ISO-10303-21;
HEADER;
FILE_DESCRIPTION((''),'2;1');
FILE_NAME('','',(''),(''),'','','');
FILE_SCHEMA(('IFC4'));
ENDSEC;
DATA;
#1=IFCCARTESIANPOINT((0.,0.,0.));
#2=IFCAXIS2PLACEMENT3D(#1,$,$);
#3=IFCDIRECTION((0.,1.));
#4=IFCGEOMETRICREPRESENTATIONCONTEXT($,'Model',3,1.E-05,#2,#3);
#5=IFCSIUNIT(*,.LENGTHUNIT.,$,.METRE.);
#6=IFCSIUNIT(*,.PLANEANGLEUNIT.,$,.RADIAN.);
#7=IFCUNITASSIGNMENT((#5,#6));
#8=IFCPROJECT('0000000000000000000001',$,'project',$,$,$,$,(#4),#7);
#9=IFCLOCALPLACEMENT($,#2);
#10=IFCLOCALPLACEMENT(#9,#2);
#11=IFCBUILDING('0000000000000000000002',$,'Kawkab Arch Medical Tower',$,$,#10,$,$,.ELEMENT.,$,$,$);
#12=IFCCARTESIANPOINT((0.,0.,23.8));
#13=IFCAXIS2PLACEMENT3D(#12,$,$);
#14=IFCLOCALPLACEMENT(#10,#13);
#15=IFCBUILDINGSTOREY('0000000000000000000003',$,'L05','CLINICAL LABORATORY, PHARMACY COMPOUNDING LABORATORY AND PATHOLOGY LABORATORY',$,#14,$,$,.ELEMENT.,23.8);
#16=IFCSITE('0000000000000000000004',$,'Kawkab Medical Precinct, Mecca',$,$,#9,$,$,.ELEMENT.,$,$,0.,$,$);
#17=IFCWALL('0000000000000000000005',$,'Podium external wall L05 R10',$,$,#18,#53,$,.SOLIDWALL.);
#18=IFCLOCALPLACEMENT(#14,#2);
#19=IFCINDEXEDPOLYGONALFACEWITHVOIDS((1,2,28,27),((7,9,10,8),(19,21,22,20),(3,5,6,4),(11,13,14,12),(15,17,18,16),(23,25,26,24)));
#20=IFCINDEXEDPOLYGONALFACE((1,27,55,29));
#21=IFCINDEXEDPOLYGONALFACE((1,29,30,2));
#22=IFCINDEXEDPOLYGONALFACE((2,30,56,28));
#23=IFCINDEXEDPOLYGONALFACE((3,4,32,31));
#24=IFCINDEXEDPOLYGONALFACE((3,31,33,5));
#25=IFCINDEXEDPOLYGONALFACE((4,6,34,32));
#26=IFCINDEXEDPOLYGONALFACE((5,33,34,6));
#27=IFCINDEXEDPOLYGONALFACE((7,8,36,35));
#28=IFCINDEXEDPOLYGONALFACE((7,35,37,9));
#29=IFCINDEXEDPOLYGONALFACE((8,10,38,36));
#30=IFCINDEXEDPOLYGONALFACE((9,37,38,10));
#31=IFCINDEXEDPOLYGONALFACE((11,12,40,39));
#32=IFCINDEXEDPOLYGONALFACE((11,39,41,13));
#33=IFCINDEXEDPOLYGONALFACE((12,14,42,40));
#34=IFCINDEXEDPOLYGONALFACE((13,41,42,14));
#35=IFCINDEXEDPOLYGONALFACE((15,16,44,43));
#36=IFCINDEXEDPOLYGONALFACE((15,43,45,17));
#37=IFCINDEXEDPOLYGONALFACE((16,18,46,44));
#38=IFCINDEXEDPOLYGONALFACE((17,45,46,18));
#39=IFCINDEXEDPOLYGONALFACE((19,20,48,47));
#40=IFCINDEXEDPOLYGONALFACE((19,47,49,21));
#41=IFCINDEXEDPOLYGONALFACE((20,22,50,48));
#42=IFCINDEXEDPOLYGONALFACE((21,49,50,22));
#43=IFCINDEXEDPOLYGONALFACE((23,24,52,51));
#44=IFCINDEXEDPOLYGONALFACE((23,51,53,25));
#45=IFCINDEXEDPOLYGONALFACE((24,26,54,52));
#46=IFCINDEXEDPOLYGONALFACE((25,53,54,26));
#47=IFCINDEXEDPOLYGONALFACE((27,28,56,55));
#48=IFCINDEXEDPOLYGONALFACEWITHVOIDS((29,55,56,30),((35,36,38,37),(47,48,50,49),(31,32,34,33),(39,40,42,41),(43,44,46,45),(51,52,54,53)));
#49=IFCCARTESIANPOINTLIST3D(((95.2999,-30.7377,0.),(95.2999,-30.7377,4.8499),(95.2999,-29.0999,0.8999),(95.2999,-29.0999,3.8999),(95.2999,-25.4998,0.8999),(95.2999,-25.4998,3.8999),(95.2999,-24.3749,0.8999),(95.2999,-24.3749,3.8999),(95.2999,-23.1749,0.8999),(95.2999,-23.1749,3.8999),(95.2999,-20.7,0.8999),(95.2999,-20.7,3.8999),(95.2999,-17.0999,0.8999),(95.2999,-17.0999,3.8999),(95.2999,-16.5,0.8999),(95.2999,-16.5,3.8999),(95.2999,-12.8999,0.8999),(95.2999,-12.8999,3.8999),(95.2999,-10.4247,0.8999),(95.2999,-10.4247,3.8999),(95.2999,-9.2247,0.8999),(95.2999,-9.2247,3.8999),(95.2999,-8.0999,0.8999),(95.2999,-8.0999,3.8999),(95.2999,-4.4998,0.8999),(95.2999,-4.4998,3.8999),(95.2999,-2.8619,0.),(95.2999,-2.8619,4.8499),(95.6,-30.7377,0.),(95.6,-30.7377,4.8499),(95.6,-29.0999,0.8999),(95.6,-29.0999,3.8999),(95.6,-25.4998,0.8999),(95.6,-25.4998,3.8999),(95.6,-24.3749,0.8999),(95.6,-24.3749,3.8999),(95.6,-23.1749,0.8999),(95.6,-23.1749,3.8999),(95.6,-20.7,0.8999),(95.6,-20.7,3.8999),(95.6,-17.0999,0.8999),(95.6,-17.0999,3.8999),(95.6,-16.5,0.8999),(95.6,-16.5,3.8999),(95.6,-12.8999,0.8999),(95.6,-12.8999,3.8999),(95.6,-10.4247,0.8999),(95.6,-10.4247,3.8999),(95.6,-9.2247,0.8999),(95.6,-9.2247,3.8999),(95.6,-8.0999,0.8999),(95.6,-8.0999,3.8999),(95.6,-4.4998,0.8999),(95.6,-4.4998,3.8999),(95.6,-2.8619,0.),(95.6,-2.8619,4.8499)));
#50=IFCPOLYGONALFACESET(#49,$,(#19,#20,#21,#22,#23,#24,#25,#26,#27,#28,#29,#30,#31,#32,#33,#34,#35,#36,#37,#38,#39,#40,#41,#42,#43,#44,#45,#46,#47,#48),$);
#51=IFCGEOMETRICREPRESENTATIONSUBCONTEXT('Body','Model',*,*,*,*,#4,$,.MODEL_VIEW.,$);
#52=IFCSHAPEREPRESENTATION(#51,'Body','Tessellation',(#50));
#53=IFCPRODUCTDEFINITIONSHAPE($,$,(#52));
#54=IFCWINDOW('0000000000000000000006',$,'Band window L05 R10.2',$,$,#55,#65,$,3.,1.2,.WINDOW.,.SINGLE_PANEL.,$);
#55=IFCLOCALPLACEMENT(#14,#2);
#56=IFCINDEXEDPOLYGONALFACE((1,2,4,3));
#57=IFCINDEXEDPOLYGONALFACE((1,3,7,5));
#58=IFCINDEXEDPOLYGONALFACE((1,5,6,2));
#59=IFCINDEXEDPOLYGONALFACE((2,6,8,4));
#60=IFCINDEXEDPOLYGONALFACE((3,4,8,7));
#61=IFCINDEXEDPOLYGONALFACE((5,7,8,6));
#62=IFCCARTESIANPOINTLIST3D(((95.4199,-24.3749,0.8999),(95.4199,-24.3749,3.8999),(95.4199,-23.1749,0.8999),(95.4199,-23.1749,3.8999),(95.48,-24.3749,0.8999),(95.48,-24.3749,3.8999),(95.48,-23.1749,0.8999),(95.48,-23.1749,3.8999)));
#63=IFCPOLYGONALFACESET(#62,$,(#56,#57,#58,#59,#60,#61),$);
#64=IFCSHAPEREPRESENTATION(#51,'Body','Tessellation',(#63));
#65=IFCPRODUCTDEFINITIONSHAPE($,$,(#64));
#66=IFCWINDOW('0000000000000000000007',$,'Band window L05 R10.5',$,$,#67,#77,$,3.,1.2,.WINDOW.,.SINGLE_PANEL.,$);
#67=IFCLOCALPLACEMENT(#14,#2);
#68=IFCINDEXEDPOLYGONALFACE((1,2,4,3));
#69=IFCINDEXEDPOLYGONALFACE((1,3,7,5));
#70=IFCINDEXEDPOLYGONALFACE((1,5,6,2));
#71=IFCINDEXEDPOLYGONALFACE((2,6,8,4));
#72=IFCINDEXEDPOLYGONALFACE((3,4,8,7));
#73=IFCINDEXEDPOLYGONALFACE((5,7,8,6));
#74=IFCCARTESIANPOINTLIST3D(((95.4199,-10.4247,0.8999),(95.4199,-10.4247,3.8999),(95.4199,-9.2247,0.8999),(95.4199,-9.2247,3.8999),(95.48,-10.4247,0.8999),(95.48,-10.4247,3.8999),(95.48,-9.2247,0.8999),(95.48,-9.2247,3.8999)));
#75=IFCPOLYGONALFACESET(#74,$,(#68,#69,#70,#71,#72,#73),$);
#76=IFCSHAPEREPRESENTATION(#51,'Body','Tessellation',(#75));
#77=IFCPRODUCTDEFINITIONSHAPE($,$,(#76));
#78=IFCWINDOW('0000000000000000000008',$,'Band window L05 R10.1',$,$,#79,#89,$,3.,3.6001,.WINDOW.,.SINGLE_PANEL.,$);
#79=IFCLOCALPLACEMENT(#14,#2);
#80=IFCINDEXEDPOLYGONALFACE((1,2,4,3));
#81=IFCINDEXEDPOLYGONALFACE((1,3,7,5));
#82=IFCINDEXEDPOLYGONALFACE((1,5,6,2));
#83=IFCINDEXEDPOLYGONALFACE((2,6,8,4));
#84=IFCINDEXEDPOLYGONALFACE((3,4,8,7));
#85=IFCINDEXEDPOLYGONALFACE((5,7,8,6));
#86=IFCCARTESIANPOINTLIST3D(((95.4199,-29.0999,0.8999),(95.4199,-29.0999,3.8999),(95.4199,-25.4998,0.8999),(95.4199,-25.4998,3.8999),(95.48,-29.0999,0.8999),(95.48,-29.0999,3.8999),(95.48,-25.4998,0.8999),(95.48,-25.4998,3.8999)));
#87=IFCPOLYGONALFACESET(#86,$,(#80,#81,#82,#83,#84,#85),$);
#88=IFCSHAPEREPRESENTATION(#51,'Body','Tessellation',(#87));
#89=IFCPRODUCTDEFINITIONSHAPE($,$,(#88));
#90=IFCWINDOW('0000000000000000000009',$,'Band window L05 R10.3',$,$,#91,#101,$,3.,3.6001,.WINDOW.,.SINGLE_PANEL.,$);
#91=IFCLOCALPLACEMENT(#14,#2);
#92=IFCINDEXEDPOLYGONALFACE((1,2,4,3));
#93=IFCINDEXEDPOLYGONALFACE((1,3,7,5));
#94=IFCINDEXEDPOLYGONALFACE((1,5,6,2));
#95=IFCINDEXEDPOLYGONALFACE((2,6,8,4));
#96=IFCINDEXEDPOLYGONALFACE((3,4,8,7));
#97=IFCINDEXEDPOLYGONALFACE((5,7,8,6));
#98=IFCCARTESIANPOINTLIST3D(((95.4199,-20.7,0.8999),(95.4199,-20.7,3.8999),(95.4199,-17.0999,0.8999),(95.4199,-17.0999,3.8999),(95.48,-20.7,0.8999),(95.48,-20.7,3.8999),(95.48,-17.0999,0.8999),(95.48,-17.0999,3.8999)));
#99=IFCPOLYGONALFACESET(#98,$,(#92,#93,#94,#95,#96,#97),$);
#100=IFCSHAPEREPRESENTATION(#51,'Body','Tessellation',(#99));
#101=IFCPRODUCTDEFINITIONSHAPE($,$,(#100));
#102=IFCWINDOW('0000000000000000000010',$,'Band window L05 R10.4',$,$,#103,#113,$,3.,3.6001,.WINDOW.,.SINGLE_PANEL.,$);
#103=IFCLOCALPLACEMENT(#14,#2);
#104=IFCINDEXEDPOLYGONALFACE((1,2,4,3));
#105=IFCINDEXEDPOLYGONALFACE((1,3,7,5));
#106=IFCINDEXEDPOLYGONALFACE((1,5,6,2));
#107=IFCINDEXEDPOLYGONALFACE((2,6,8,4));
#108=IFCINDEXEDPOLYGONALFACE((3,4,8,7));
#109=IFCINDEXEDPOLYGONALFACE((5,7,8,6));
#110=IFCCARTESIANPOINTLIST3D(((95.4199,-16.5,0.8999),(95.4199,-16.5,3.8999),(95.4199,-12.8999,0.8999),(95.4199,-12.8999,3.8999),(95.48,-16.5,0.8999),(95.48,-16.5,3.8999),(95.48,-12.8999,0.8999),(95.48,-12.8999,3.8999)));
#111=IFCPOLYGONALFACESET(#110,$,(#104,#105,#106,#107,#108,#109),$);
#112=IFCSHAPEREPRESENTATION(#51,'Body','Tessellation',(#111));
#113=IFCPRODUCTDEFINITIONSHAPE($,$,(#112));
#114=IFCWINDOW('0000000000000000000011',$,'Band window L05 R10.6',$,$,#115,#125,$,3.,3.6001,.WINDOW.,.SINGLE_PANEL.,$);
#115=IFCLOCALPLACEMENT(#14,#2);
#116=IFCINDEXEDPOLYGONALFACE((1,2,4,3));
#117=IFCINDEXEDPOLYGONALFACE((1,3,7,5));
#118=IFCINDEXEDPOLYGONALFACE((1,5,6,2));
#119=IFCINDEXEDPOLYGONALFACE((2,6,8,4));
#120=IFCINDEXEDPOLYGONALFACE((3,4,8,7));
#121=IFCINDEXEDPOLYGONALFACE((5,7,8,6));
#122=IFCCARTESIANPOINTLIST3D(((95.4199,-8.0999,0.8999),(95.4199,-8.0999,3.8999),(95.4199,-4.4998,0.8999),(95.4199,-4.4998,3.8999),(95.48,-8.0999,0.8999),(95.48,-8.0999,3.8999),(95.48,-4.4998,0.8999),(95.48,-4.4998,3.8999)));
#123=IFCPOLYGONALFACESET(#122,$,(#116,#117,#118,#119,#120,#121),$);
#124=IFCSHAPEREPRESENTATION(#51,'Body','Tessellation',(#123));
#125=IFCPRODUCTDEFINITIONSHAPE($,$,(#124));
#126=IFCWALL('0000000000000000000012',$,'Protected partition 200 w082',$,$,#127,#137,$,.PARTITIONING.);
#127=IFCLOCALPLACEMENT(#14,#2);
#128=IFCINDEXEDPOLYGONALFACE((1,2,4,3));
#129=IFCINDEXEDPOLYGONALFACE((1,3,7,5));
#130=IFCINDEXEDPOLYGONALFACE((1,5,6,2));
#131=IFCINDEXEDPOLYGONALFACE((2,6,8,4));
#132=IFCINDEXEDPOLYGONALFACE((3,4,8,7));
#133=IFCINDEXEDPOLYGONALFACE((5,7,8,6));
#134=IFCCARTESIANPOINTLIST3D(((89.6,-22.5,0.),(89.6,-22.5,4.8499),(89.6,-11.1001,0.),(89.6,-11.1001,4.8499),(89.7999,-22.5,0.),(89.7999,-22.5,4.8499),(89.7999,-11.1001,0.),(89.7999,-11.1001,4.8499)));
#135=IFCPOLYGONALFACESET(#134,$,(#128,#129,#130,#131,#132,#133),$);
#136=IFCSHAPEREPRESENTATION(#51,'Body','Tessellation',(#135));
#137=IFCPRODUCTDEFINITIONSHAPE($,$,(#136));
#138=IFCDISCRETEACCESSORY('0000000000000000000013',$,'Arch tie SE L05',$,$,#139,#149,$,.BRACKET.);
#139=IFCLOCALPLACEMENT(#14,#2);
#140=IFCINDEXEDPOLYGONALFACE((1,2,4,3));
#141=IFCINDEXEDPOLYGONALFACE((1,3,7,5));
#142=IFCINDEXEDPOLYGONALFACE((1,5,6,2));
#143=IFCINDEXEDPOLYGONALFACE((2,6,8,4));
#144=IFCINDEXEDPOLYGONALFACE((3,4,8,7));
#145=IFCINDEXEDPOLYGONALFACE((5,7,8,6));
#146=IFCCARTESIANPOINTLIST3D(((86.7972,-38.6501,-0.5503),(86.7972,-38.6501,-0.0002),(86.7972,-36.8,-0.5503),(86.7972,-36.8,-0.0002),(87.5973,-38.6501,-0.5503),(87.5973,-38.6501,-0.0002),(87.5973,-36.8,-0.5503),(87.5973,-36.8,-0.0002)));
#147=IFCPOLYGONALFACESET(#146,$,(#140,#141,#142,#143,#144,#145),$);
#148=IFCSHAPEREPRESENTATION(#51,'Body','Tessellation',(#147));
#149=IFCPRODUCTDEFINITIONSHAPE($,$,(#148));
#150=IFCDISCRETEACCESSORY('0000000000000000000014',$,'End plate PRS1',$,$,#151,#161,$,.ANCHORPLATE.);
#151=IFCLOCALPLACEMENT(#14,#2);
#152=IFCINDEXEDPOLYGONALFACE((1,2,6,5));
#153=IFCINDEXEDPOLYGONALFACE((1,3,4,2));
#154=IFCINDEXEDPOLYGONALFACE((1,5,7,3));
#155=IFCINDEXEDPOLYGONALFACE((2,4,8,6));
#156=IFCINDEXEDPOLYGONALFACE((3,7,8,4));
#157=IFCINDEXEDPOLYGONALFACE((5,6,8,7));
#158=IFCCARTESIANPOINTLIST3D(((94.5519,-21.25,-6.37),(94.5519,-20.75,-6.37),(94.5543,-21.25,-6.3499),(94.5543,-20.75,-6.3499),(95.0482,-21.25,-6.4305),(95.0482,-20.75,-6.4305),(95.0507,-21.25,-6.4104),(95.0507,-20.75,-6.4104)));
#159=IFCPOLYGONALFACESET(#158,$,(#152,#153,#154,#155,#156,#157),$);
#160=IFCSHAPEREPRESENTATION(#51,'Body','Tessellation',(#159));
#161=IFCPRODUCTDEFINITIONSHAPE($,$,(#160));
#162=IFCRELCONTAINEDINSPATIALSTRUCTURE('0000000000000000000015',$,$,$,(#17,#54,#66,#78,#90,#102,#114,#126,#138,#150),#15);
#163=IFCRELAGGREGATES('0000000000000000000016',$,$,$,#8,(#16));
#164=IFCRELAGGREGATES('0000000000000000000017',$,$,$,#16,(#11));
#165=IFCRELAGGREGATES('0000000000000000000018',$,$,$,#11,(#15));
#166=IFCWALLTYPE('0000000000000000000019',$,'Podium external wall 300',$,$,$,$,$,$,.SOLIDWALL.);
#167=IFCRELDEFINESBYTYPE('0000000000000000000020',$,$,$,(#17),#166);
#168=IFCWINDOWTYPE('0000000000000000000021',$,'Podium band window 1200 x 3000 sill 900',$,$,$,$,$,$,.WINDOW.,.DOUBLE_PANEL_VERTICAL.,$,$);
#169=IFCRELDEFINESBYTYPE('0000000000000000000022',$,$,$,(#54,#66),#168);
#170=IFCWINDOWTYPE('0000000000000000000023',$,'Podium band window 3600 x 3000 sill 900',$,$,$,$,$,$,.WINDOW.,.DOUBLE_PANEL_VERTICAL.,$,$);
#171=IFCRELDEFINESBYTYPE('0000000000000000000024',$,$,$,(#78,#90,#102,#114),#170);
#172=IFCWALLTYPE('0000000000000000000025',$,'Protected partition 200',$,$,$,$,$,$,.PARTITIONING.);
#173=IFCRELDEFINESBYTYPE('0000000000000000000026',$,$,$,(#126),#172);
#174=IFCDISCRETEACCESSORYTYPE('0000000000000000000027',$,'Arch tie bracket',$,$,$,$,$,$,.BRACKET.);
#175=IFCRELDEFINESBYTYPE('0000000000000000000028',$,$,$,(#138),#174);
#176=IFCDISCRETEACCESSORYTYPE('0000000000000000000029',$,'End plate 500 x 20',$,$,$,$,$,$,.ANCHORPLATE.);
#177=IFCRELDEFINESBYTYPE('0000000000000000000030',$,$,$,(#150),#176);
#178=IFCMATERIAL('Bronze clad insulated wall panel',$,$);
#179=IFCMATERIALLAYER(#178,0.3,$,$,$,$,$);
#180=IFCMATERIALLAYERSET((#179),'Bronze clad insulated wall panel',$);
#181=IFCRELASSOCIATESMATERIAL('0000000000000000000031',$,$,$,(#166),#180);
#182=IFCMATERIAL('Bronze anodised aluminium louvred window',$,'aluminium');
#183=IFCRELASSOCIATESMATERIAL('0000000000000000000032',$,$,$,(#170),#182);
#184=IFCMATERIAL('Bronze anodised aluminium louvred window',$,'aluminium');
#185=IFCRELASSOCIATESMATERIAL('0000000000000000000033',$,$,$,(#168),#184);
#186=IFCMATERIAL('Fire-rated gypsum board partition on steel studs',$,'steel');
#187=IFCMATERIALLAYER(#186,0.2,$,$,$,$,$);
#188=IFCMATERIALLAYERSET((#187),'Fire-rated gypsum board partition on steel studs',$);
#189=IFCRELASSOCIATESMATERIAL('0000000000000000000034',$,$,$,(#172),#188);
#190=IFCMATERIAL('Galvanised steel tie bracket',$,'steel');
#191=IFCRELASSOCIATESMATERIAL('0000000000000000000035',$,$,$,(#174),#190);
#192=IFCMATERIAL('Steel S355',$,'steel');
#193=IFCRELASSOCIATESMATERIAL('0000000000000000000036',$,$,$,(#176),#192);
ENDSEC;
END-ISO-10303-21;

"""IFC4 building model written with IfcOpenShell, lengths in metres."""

from ifc_helpers import new_model, si_unit, direction, frame, frame_2d, origin, origin_2d, place, context, subcontext, project, spatial, rectangle, extrude, material, layer, layer_set, material_profile, profile_set, type_object, element, fill, save


model = new_model("IFC4")

# Units and contexts
model_context = context("Model", 3, precision=1e-05, world=origin(), true_north=direction((0.0, 1.0)))
body_context = subcontext(model_context, "Body", "Model", "MODEL_VIEW")
ifc_project = project(units=[si_unit("LENGTHUNIT", "METRE"), si_unit("PLANEANGLEUNIT", "RADIAN")], contexts=[model_context])

# Site, building, storey
site_placement = place(None, origin())
site = spatial("IfcSite", under=ifc_project, at=site_placement, Name="Kawkab Medical Precinct, Mecca", CompositionType="ELEMENT", RefElevation=0.0)
building_placement = place(site_placement, origin())
building = spatial("IfcBuilding", under=site, at=building_placement, Name="Kawkab Arch Medical Tower", CompositionType="ELEMENT")
storey_placement = place(building_placement, frame((0.0, 0.0, 23.8)))
storey = spatial("IfcBuildingStorey", under=building, at=storey_placement, Name="L05", Description="CLINICAL LABORATORY, PHARMACY COMPOUNDING LABORATORY AND PATHOLOGY LABORATORY", CompositionType="ELEMENT", Elevation=23.8)

# Wall, openings, windows
ifc_material_1 = material(Name="Bronze clad insulated wall panel")
ifc_layer_1 = layer(ifc_material_1, 0.3)
ifc_layer_set_1 = layer_set([ifc_layer_1], Name="Bronze clad insulated wall panel")
wall_type_1 = type_object("IfcWallType", Name="Podium external wall 300", PredefinedType="SOLIDWALL", material=ifc_layer_set_1)
ifc_material_2 = material(Name="Bronze anodised aluminium louvred window", Category="aluminium")
window_type_1 = type_object("IfcWindowType", Name="Podium band window 3600 x 3000 sill 900", PartitioningType="DOUBLE_PANEL_VERTICAL", PredefinedType="WINDOW", material=ifc_material_2)
wall_1_placement = place(storey_placement, frame((95.45, -30.7378, 0.0), z_axis=(0.0, 0.0, 1.0), x_axis=(0.0, 1.0, 0.0)))
wall_1 = element("IfcWall", 1, at=wall_1_placement, inside=storey, type_object=wall_type_1, Name="Podium external wall L05 R10", PredefinedType="SOLIDWALL", context=body_context, shape_type="SweptSolid", body=[
    extrude(rectangle(XDim=27.8757, YDim=0.3, at=frame_2d((13.938, 0.0))), origin(), (0.0, 0.0, 1.0), 4.8499),
])
opening_1_placement = place(wall_1_placement, frame((1.6379, 0.0, 0.8999)))
opening_1 = element("IfcOpeningElement", 2, at=opening_1_placement, cuts=wall_1, PredefinedType="OPENING", context=body_context, shape_type="SweptSolid", body=[
    extrude(rectangle(XDim=3.6001, YDim=3.0, at=frame_2d((1.8, 1.5))), frame((0.0, 0.1599, 0.0), z_axis=(0.0, -1.0, 0.0), x_axis=(1.0, 0.0, 0.0)), (0.0, 0.0, 1.0), 0.3201),
])
opening_2_placement = place(wall_1_placement, frame((6.3628, 0.0, 0.8999)))
opening_2 = element("IfcOpeningElement", 3, at=opening_2_placement, cuts=wall_1, PredefinedType="OPENING", context=body_context, shape_type="SweptSolid", body=[
    extrude(rectangle(XDim=1.2, YDim=3.0, at=frame_2d((0.6001, 1.5))), frame((0.0, 0.1599, 0.0), z_axis=(0.0, -1.0, 0.0), x_axis=(1.0, 0.0, 0.0)), (0.0, 0.0, 1.0), 0.3201),
])
opening_3_placement = place(wall_1_placement, frame((10.0378, 0.0, 0.8999)))
opening_3 = element("IfcOpeningElement", 4, at=opening_3_placement, cuts=wall_1, PredefinedType="OPENING", context=body_context, shape_type="SweptSolid", body=[
    extrude(rectangle(XDim=3.6001, YDim=3.0, at=frame_2d((1.8, 1.5))), frame((0.0, 0.1599, 0.0), z_axis=(0.0, -1.0, 0.0), x_axis=(1.0, 0.0, 0.0)), (0.0, 0.0, 1.0), 0.3201),
])
opening_4_placement = place(wall_1_placement, frame((14.2378, 0.0, 0.8999)))
opening_4 = element("IfcOpeningElement", 5, at=opening_4_placement, cuts=wall_1, PredefinedType="OPENING", context=body_context, shape_type="SweptSolid", body=[
    extrude(rectangle(XDim=3.6001, YDim=3.0, at=frame_2d((1.8, 1.5))), frame((0.0, 0.1599, 0.0), z_axis=(0.0, -1.0, 0.0), x_axis=(1.0, 0.0, 0.0)), (0.0, 0.0, 1.0), 0.3201),
])
opening_5_placement = place(wall_1_placement, frame((20.313, 0.0, 0.8999)))
opening_5 = element("IfcOpeningElement", 6, at=opening_5_placement, cuts=wall_1, PredefinedType="OPENING", context=body_context, shape_type="SweptSolid", body=[
    extrude(rectangle(XDim=1.2, YDim=3.0, at=frame_2d((0.6001, 1.5))), frame((0.0, 0.1599, 0.0), z_axis=(0.0, -1.0, 0.0), x_axis=(1.0, 0.0, 0.0)), (0.0, 0.0, 1.0), 0.3201),
])
opening_6_placement = place(wall_1_placement, frame((22.6379, 0.0, 0.8999)))
opening_6 = element("IfcOpeningElement", 7, at=opening_6_placement, cuts=wall_1, PredefinedType="OPENING", context=body_context, shape_type="SweptSolid", body=[
    extrude(rectangle(XDim=3.6001, YDim=3.0, at=frame_2d((1.8, 1.5))), frame((0.0, 0.1599, 0.0), z_axis=(0.0, -1.0, 0.0), x_axis=(1.0, 0.0, 0.0)), (0.0, 0.0, 1.0), 0.3201),
])
ifc_material_3 = material(Name="Bronze anodised aluminium louvred window", Category="aluminium")
window_type_2 = type_object("IfcWindowType", Name="Podium band window 1200 x 3000 sill 900", PartitioningType="DOUBLE_PANEL_VERTICAL", PredefinedType="WINDOW", material=ifc_material_3)
window_1_placement = place(opening_2_placement, origin())
window_1 = element("IfcWindow", 8, at=window_1_placement, inside=storey, type_object=window_type_2, Name="Band window L05 R10.2", OverallHeight=3.0, OverallWidth=1.2, PartitioningType="SINGLE_PANEL", PredefinedType="WINDOW", context=body_context, shape_type="SweptSolid", body=[
    extrude(rectangle(XDim=1.2, YDim=3.0, at=frame_2d((0.6001, 1.5))), frame((0.0, 0.03, 0.0), z_axis=(0.0, -1.0, 0.0), x_axis=(1.0, 0.0, 0.0)), (0.0, 0.0, 1.0), 0.0601),
])
fill(opening_2, window_1)
window_2_placement = place(opening_5_placement, origin())
window_2 = element("IfcWindow", 9, at=window_2_placement, inside=storey, type_object=window_type_2, Name="Band window L05 R10.5", OverallHeight=3.0, OverallWidth=1.2, PartitioningType="SINGLE_PANEL", PredefinedType="WINDOW", context=body_context, shape_type="SweptSolid", body=[
    extrude(rectangle(XDim=1.2, YDim=3.0, at=frame_2d((0.6001, 1.5))), frame((0.0, 0.03, 0.0), z_axis=(0.0, -1.0, 0.0), x_axis=(1.0, 0.0, 0.0)), (0.0, 0.0, 1.0), 0.0601),
])
fill(opening_5, window_2)
window_3_placement = place(opening_1_placement, origin())
window_3 = element("IfcWindow", 10, at=window_3_placement, inside=storey, type_object=window_type_1, Name="Band window L05 R10.1", OverallHeight=3.0, OverallWidth=3.6001, PartitioningType="SINGLE_PANEL", PredefinedType="WINDOW", context=body_context, shape_type="SweptSolid", body=[
    extrude(rectangle(XDim=3.6001, YDim=3.0, at=frame_2d((1.8, 1.5))), frame((0.0, 0.03, 0.0), z_axis=(0.0, -1.0, 0.0), x_axis=(1.0, 0.0, 0.0)), (0.0, 0.0, 1.0), 0.0601),
])
fill(opening_1, window_3)
window_4_placement = place(opening_3_placement, origin())
window_4 = element("IfcWindow", 11, at=window_4_placement, inside=storey, type_object=window_type_1, Name="Band window L05 R10.3", OverallHeight=3.0, OverallWidth=3.6001, PartitioningType="SINGLE_PANEL", PredefinedType="WINDOW", context=body_context, shape_type="SweptSolid", body=[
    extrude(rectangle(XDim=3.6001, YDim=3.0, at=frame_2d((1.8, 1.5))), frame((0.0, 0.03, 0.0), z_axis=(0.0, -1.0, 0.0), x_axis=(1.0, 0.0, 0.0)), (0.0, 0.0, 1.0), 0.0601),
])
fill(opening_3, window_4)
window_5_placement = place(opening_4_placement, origin())
window_5 = element("IfcWindow", 12, at=window_5_placement, inside=storey, type_object=window_type_1, Name="Band window L05 R10.4", OverallHeight=3.0, OverallWidth=3.6001, PartitioningType="SINGLE_PANEL", PredefinedType="WINDOW", context=body_context, shape_type="SweptSolid", body=[
    extrude(rectangle(XDim=3.6001, YDim=3.0, at=frame_2d((1.8, 1.5))), frame((0.0, 0.03, 0.0), z_axis=(0.0, -1.0, 0.0), x_axis=(1.0, 0.0, 0.0)), (0.0, 0.0, 1.0), 0.0601),
])
fill(opening_4, window_5)
window_6_placement = place(opening_6_placement, origin())
window_6 = element("IfcWindow", 13, at=window_6_placement, inside=storey, type_object=window_type_1, Name="Band window L05 R10.6", OverallHeight=3.0, OverallWidth=3.6001, PartitioningType="SINGLE_PANEL", PredefinedType="WINDOW", context=body_context, shape_type="SweptSolid", body=[
    extrude(rectangle(XDim=3.6001, YDim=3.0, at=frame_2d((1.8, 1.5))), frame((0.0, 0.03, 0.0), z_axis=(0.0, -1.0, 0.0), x_axis=(1.0, 0.0, 0.0)), (0.0, 0.0, 1.0), 0.0601),
])
fill(opening_6, window_6)

# Wall
ifc_material_4 = material(Name="Fire-rated gypsum board partition on steel studs", Category="steel")
ifc_layer_2 = layer(ifc_material_4, 0.2)
ifc_layer_set_2 = layer_set([ifc_layer_2], Name="Fire-rated gypsum board partition on steel studs")
wall_type_2 = type_object("IfcWallType", Name="Protected partition 200", PredefinedType="PARTITIONING", material=ifc_layer_set_2)
wall_2_placement = place(storey_placement, frame((89.7, -22.5, 0.0), z_axis=(0.0, 0.0, 1.0), x_axis=(0.0, 1.0, 0.0)))
element("IfcWall", 14, at=wall_2_placement, inside=storey, type_object=wall_type_2, Name="Protected partition 200 w082", PredefinedType="PARTITIONING", context=body_context, shape_type="SweptSolid", body=[
    extrude(rectangle(XDim=11.3999, YDim=0.2, at=frame_2d((5.7, 0.0))), origin(), (0.0, 0.0, 1.0), 4.8499),
])

# Discrete accessories
ifc_material_5 = material(Name="Galvanised steel tie bracket", Category="steel")
discrete_accessory_type_1 = type_object("IfcDiscreteAccessoryType", Name="Arch tie bracket", PredefinedType="BRACKET", material=ifc_material_5)
discrete_accessory_placement = place(storey_placement, frame((87.1973, -37.7251, -0.5503), z_axis=(0.0, 0.0, 1.0), x_axis=(1.0, 0.0, 0.0)))
element("IfcDiscreteAccessory", 15, at=discrete_accessory_placement, inside=storey, type_object=discrete_accessory_type_1, Name="Arch tie SE L05", PredefinedType="BRACKET", context=body_context, shape_type="SweptSolid", body=[
    extrude(rectangle(XDim=0.8, YDim=1.8501, at=origin_2d()), origin(), (0.0, 0.0, 1.0), 0.55),
])
ifc_material_6 = material(Name="Steel S355", Category="steel")
ifc_material_profile_1 = material_profile(ifc_material_6, rectangle(XDim=0.5, YDim=0.5, at=origin_2d()), Name="End plate 500 x 20")
ifc_profile_set_1 = profile_set([ifc_material_profile_1], Name="Steel S355")
discrete_accessory_type_2 = type_object("IfcDiscreteAccessoryType", Name="End plate 500 x 20", PredefinedType="ANCHORPLATE", material=ifc_profile_set_1)
for number, where, z_axis, x_axis, name in (
    (16, (94.8025, -21.0, -6.3801), (-0.121054, 0.0, -0.992646), (0.0, -1.0, 0.0), "End plate PRS1"),
):
    element("IfcDiscreteAccessory", number, at=place(storey_placement, frame(where, z_axis=z_axis, x_axis=x_axis)), inside=storey, type_object=discrete_accessory_type_2, Name=name, PredefinedType="ANCHORPLATE", context=body_context, shape_type="SweptSolid", body=[
        extrude(rectangle(XDim=0.5, YDim=0.5, at=origin_2d()), origin(), (0.0, 0.0, 1.0), 0.0203),
    ])

save(model, "model.ifc")
